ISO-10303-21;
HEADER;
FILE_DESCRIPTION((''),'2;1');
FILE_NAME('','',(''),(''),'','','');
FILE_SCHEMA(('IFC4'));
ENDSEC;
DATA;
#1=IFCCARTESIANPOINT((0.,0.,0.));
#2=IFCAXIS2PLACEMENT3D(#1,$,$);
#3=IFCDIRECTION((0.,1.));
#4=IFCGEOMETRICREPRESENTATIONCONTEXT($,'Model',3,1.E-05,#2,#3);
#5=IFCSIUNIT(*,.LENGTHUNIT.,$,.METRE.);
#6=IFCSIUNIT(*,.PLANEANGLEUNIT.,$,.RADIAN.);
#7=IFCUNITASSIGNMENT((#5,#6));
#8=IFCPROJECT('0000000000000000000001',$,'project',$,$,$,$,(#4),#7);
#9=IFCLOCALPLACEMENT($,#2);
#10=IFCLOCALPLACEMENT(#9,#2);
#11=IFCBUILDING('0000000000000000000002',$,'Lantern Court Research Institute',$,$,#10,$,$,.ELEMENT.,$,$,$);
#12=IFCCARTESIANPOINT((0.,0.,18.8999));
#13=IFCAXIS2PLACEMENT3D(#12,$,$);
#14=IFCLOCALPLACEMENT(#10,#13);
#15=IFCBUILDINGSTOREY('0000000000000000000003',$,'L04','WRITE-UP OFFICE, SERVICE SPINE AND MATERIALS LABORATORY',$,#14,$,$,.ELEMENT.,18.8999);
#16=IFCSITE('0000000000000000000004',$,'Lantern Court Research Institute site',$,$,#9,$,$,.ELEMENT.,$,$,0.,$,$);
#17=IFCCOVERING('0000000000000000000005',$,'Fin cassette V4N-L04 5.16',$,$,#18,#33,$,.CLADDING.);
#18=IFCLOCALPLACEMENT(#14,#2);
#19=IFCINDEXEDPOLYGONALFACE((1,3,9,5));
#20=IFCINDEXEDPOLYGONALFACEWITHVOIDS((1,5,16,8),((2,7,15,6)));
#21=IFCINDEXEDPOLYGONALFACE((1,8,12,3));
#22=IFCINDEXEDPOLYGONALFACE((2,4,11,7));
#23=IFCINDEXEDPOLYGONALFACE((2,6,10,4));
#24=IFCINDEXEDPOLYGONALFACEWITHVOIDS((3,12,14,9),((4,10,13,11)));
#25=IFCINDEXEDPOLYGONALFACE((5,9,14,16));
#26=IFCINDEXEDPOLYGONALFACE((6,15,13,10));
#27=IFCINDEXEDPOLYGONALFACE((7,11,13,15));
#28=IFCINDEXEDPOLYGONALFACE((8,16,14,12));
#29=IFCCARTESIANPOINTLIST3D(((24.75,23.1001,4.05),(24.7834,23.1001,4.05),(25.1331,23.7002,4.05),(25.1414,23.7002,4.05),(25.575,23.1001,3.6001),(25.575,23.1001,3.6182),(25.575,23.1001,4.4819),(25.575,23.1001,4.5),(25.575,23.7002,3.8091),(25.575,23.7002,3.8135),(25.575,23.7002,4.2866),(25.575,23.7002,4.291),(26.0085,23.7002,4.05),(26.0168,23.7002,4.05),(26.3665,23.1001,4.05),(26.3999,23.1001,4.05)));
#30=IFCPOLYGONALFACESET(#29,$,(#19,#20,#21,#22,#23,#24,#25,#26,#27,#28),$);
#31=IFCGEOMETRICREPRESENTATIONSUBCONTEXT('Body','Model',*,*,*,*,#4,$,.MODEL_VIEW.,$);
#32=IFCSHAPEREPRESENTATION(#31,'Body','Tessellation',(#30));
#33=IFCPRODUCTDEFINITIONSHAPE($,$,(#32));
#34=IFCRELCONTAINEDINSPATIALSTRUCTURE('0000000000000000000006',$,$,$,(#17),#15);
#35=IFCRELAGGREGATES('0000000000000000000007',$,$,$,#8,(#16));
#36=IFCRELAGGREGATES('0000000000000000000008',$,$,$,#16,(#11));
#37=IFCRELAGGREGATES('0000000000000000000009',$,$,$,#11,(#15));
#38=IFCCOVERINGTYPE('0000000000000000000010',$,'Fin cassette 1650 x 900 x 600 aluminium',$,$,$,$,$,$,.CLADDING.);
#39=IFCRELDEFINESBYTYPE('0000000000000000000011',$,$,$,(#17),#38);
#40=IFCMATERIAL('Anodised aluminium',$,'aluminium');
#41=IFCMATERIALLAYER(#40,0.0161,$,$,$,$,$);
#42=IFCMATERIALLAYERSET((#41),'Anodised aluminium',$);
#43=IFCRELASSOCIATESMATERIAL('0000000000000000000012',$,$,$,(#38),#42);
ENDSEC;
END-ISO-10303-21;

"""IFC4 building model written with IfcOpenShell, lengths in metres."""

from ifc_helpers import new_model, entity, si_unit, direction, frame, origin, place, context, subcontext, project, spatial, material, layer, layer_set, type_object, element, save


model = new_model("IFC4")

# Units and contexts
model_context = context("Model", 3, precision=1e-05, world=origin(), true_north=direction((0.0, 1.0)))
body_context = subcontext(model_context, "Body", "Model", "MODEL_VIEW")
ifc_project = project(units=[si_unit("LENGTHUNIT", "METRE"), si_unit("PLANEANGLEUNIT", "RADIAN")], contexts=[model_context])

# Site, building, storey
site_placement = place(None, origin())
site = spatial("IfcSite", under=ifc_project, at=site_placement, Name="Lantern Court Research Institute site", CompositionType="ELEMENT", RefElevation=0.0)
building_placement = place(site_placement, origin())
building = spatial("IfcBuilding", under=site, at=building_placement, Name="Lantern Court Research Institute", CompositionType="ELEMENT")
storey_placement = place(building_placement, frame((0.0, 0.0, 18.8999)))
storey = spatial("IfcBuildingStorey", under=building, at=storey_placement, Name="L04", Description="WRITE-UP OFFICE, SERVICE SPINE AND MATERIALS LABORATORY", CompositionType="ELEMENT", Elevation=18.8999)

# Covering
ifc_material_1 = material(Name="Anodised aluminium", Category="aluminium")
ifc_layer_1 = layer(ifc_material_1, 0.0161)
ifc_layer_set_1 = layer_set([ifc_layer_1], Name="Anodised aluminium")
covering_type = type_object("IfcCoveringType", Name="Fin cassette 1650 x 900 x 600 aluminium", PredefinedType="CLADDING", material=ifc_layer_set_1)
covering_1_placement = place(storey_placement, frame((25.575, 23.1001, 4.05), z_axis=(0.0, 1.0, 0.0), x_axis=(-1.0, 0.0, 0.0)))
cartesian_point_1 = entity("IfcCartesianPoint", [0.825, 0.0])
cartesian_point_2 = entity("IfcCartesianPoint", [0.7915, 0.0])
cartesian_point_3 = entity("IfcCartesianPoint", [0.4419, 0.0])
cartesian_point_4 = entity("IfcCartesianPoint", [0.4336, 0.0])
element("IfcCovering", 1, at=covering_1_placement, inside=storey, type_object=covering_type, Name="Fin cassette V4N-L04 5.16", PredefinedType="CLADDING", context=body_context, shape_type="SweptSolid", body=[
    entity("IfcExtrudedAreaSolidTapered", entity("IfcArbitraryProfileDefWithVoids", "AREA", None, entity("IfcPolyline", [cartesian_point_1, entity("IfcCartesianPoint", [0.0, 0.45]), entity("IfcCartesianPoint", [-0.825, 0.0]), entity("IfcCartesianPoint", [0.0, -0.45]), cartesian_point_1]), [entity("IfcPolyline", [cartesian_point_2, entity("IfcCartesianPoint", [0.0, 0.4319]), entity("IfcCartesianPoint", [-0.7915, 0.0]), entity("IfcCartesianPoint", [0.0, -0.4319]), cartesian_point_2])]), entity("IfcAxis2Placement3D", entity("IfcCartesianPoint", [0.0, 0.0, 0.0])), entity("IfcDirection", [0.0, 0.0, 1.0]), 0.6001, entity("IfcArbitraryProfileDefWithVoids", "AREA", None, entity("IfcPolyline", [cartesian_point_3, entity("IfcCartesianPoint", [0.0, 0.241]), entity("IfcCartesianPoint", [-0.4419, 0.0]), entity("IfcCartesianPoint", [0.0, -0.241]), cartesian_point_3]), [entity("IfcPolyline", [cartesian_point_4, entity("IfcCartesianPoint", [0.0, 0.2366]), entity("IfcCartesianPoint", [-0.4336, 0.0]), entity("IfcCartesianPoint", [0.0, -0.2366]), cartesian_point_4])])),
])

save(model, "model.ifc")
